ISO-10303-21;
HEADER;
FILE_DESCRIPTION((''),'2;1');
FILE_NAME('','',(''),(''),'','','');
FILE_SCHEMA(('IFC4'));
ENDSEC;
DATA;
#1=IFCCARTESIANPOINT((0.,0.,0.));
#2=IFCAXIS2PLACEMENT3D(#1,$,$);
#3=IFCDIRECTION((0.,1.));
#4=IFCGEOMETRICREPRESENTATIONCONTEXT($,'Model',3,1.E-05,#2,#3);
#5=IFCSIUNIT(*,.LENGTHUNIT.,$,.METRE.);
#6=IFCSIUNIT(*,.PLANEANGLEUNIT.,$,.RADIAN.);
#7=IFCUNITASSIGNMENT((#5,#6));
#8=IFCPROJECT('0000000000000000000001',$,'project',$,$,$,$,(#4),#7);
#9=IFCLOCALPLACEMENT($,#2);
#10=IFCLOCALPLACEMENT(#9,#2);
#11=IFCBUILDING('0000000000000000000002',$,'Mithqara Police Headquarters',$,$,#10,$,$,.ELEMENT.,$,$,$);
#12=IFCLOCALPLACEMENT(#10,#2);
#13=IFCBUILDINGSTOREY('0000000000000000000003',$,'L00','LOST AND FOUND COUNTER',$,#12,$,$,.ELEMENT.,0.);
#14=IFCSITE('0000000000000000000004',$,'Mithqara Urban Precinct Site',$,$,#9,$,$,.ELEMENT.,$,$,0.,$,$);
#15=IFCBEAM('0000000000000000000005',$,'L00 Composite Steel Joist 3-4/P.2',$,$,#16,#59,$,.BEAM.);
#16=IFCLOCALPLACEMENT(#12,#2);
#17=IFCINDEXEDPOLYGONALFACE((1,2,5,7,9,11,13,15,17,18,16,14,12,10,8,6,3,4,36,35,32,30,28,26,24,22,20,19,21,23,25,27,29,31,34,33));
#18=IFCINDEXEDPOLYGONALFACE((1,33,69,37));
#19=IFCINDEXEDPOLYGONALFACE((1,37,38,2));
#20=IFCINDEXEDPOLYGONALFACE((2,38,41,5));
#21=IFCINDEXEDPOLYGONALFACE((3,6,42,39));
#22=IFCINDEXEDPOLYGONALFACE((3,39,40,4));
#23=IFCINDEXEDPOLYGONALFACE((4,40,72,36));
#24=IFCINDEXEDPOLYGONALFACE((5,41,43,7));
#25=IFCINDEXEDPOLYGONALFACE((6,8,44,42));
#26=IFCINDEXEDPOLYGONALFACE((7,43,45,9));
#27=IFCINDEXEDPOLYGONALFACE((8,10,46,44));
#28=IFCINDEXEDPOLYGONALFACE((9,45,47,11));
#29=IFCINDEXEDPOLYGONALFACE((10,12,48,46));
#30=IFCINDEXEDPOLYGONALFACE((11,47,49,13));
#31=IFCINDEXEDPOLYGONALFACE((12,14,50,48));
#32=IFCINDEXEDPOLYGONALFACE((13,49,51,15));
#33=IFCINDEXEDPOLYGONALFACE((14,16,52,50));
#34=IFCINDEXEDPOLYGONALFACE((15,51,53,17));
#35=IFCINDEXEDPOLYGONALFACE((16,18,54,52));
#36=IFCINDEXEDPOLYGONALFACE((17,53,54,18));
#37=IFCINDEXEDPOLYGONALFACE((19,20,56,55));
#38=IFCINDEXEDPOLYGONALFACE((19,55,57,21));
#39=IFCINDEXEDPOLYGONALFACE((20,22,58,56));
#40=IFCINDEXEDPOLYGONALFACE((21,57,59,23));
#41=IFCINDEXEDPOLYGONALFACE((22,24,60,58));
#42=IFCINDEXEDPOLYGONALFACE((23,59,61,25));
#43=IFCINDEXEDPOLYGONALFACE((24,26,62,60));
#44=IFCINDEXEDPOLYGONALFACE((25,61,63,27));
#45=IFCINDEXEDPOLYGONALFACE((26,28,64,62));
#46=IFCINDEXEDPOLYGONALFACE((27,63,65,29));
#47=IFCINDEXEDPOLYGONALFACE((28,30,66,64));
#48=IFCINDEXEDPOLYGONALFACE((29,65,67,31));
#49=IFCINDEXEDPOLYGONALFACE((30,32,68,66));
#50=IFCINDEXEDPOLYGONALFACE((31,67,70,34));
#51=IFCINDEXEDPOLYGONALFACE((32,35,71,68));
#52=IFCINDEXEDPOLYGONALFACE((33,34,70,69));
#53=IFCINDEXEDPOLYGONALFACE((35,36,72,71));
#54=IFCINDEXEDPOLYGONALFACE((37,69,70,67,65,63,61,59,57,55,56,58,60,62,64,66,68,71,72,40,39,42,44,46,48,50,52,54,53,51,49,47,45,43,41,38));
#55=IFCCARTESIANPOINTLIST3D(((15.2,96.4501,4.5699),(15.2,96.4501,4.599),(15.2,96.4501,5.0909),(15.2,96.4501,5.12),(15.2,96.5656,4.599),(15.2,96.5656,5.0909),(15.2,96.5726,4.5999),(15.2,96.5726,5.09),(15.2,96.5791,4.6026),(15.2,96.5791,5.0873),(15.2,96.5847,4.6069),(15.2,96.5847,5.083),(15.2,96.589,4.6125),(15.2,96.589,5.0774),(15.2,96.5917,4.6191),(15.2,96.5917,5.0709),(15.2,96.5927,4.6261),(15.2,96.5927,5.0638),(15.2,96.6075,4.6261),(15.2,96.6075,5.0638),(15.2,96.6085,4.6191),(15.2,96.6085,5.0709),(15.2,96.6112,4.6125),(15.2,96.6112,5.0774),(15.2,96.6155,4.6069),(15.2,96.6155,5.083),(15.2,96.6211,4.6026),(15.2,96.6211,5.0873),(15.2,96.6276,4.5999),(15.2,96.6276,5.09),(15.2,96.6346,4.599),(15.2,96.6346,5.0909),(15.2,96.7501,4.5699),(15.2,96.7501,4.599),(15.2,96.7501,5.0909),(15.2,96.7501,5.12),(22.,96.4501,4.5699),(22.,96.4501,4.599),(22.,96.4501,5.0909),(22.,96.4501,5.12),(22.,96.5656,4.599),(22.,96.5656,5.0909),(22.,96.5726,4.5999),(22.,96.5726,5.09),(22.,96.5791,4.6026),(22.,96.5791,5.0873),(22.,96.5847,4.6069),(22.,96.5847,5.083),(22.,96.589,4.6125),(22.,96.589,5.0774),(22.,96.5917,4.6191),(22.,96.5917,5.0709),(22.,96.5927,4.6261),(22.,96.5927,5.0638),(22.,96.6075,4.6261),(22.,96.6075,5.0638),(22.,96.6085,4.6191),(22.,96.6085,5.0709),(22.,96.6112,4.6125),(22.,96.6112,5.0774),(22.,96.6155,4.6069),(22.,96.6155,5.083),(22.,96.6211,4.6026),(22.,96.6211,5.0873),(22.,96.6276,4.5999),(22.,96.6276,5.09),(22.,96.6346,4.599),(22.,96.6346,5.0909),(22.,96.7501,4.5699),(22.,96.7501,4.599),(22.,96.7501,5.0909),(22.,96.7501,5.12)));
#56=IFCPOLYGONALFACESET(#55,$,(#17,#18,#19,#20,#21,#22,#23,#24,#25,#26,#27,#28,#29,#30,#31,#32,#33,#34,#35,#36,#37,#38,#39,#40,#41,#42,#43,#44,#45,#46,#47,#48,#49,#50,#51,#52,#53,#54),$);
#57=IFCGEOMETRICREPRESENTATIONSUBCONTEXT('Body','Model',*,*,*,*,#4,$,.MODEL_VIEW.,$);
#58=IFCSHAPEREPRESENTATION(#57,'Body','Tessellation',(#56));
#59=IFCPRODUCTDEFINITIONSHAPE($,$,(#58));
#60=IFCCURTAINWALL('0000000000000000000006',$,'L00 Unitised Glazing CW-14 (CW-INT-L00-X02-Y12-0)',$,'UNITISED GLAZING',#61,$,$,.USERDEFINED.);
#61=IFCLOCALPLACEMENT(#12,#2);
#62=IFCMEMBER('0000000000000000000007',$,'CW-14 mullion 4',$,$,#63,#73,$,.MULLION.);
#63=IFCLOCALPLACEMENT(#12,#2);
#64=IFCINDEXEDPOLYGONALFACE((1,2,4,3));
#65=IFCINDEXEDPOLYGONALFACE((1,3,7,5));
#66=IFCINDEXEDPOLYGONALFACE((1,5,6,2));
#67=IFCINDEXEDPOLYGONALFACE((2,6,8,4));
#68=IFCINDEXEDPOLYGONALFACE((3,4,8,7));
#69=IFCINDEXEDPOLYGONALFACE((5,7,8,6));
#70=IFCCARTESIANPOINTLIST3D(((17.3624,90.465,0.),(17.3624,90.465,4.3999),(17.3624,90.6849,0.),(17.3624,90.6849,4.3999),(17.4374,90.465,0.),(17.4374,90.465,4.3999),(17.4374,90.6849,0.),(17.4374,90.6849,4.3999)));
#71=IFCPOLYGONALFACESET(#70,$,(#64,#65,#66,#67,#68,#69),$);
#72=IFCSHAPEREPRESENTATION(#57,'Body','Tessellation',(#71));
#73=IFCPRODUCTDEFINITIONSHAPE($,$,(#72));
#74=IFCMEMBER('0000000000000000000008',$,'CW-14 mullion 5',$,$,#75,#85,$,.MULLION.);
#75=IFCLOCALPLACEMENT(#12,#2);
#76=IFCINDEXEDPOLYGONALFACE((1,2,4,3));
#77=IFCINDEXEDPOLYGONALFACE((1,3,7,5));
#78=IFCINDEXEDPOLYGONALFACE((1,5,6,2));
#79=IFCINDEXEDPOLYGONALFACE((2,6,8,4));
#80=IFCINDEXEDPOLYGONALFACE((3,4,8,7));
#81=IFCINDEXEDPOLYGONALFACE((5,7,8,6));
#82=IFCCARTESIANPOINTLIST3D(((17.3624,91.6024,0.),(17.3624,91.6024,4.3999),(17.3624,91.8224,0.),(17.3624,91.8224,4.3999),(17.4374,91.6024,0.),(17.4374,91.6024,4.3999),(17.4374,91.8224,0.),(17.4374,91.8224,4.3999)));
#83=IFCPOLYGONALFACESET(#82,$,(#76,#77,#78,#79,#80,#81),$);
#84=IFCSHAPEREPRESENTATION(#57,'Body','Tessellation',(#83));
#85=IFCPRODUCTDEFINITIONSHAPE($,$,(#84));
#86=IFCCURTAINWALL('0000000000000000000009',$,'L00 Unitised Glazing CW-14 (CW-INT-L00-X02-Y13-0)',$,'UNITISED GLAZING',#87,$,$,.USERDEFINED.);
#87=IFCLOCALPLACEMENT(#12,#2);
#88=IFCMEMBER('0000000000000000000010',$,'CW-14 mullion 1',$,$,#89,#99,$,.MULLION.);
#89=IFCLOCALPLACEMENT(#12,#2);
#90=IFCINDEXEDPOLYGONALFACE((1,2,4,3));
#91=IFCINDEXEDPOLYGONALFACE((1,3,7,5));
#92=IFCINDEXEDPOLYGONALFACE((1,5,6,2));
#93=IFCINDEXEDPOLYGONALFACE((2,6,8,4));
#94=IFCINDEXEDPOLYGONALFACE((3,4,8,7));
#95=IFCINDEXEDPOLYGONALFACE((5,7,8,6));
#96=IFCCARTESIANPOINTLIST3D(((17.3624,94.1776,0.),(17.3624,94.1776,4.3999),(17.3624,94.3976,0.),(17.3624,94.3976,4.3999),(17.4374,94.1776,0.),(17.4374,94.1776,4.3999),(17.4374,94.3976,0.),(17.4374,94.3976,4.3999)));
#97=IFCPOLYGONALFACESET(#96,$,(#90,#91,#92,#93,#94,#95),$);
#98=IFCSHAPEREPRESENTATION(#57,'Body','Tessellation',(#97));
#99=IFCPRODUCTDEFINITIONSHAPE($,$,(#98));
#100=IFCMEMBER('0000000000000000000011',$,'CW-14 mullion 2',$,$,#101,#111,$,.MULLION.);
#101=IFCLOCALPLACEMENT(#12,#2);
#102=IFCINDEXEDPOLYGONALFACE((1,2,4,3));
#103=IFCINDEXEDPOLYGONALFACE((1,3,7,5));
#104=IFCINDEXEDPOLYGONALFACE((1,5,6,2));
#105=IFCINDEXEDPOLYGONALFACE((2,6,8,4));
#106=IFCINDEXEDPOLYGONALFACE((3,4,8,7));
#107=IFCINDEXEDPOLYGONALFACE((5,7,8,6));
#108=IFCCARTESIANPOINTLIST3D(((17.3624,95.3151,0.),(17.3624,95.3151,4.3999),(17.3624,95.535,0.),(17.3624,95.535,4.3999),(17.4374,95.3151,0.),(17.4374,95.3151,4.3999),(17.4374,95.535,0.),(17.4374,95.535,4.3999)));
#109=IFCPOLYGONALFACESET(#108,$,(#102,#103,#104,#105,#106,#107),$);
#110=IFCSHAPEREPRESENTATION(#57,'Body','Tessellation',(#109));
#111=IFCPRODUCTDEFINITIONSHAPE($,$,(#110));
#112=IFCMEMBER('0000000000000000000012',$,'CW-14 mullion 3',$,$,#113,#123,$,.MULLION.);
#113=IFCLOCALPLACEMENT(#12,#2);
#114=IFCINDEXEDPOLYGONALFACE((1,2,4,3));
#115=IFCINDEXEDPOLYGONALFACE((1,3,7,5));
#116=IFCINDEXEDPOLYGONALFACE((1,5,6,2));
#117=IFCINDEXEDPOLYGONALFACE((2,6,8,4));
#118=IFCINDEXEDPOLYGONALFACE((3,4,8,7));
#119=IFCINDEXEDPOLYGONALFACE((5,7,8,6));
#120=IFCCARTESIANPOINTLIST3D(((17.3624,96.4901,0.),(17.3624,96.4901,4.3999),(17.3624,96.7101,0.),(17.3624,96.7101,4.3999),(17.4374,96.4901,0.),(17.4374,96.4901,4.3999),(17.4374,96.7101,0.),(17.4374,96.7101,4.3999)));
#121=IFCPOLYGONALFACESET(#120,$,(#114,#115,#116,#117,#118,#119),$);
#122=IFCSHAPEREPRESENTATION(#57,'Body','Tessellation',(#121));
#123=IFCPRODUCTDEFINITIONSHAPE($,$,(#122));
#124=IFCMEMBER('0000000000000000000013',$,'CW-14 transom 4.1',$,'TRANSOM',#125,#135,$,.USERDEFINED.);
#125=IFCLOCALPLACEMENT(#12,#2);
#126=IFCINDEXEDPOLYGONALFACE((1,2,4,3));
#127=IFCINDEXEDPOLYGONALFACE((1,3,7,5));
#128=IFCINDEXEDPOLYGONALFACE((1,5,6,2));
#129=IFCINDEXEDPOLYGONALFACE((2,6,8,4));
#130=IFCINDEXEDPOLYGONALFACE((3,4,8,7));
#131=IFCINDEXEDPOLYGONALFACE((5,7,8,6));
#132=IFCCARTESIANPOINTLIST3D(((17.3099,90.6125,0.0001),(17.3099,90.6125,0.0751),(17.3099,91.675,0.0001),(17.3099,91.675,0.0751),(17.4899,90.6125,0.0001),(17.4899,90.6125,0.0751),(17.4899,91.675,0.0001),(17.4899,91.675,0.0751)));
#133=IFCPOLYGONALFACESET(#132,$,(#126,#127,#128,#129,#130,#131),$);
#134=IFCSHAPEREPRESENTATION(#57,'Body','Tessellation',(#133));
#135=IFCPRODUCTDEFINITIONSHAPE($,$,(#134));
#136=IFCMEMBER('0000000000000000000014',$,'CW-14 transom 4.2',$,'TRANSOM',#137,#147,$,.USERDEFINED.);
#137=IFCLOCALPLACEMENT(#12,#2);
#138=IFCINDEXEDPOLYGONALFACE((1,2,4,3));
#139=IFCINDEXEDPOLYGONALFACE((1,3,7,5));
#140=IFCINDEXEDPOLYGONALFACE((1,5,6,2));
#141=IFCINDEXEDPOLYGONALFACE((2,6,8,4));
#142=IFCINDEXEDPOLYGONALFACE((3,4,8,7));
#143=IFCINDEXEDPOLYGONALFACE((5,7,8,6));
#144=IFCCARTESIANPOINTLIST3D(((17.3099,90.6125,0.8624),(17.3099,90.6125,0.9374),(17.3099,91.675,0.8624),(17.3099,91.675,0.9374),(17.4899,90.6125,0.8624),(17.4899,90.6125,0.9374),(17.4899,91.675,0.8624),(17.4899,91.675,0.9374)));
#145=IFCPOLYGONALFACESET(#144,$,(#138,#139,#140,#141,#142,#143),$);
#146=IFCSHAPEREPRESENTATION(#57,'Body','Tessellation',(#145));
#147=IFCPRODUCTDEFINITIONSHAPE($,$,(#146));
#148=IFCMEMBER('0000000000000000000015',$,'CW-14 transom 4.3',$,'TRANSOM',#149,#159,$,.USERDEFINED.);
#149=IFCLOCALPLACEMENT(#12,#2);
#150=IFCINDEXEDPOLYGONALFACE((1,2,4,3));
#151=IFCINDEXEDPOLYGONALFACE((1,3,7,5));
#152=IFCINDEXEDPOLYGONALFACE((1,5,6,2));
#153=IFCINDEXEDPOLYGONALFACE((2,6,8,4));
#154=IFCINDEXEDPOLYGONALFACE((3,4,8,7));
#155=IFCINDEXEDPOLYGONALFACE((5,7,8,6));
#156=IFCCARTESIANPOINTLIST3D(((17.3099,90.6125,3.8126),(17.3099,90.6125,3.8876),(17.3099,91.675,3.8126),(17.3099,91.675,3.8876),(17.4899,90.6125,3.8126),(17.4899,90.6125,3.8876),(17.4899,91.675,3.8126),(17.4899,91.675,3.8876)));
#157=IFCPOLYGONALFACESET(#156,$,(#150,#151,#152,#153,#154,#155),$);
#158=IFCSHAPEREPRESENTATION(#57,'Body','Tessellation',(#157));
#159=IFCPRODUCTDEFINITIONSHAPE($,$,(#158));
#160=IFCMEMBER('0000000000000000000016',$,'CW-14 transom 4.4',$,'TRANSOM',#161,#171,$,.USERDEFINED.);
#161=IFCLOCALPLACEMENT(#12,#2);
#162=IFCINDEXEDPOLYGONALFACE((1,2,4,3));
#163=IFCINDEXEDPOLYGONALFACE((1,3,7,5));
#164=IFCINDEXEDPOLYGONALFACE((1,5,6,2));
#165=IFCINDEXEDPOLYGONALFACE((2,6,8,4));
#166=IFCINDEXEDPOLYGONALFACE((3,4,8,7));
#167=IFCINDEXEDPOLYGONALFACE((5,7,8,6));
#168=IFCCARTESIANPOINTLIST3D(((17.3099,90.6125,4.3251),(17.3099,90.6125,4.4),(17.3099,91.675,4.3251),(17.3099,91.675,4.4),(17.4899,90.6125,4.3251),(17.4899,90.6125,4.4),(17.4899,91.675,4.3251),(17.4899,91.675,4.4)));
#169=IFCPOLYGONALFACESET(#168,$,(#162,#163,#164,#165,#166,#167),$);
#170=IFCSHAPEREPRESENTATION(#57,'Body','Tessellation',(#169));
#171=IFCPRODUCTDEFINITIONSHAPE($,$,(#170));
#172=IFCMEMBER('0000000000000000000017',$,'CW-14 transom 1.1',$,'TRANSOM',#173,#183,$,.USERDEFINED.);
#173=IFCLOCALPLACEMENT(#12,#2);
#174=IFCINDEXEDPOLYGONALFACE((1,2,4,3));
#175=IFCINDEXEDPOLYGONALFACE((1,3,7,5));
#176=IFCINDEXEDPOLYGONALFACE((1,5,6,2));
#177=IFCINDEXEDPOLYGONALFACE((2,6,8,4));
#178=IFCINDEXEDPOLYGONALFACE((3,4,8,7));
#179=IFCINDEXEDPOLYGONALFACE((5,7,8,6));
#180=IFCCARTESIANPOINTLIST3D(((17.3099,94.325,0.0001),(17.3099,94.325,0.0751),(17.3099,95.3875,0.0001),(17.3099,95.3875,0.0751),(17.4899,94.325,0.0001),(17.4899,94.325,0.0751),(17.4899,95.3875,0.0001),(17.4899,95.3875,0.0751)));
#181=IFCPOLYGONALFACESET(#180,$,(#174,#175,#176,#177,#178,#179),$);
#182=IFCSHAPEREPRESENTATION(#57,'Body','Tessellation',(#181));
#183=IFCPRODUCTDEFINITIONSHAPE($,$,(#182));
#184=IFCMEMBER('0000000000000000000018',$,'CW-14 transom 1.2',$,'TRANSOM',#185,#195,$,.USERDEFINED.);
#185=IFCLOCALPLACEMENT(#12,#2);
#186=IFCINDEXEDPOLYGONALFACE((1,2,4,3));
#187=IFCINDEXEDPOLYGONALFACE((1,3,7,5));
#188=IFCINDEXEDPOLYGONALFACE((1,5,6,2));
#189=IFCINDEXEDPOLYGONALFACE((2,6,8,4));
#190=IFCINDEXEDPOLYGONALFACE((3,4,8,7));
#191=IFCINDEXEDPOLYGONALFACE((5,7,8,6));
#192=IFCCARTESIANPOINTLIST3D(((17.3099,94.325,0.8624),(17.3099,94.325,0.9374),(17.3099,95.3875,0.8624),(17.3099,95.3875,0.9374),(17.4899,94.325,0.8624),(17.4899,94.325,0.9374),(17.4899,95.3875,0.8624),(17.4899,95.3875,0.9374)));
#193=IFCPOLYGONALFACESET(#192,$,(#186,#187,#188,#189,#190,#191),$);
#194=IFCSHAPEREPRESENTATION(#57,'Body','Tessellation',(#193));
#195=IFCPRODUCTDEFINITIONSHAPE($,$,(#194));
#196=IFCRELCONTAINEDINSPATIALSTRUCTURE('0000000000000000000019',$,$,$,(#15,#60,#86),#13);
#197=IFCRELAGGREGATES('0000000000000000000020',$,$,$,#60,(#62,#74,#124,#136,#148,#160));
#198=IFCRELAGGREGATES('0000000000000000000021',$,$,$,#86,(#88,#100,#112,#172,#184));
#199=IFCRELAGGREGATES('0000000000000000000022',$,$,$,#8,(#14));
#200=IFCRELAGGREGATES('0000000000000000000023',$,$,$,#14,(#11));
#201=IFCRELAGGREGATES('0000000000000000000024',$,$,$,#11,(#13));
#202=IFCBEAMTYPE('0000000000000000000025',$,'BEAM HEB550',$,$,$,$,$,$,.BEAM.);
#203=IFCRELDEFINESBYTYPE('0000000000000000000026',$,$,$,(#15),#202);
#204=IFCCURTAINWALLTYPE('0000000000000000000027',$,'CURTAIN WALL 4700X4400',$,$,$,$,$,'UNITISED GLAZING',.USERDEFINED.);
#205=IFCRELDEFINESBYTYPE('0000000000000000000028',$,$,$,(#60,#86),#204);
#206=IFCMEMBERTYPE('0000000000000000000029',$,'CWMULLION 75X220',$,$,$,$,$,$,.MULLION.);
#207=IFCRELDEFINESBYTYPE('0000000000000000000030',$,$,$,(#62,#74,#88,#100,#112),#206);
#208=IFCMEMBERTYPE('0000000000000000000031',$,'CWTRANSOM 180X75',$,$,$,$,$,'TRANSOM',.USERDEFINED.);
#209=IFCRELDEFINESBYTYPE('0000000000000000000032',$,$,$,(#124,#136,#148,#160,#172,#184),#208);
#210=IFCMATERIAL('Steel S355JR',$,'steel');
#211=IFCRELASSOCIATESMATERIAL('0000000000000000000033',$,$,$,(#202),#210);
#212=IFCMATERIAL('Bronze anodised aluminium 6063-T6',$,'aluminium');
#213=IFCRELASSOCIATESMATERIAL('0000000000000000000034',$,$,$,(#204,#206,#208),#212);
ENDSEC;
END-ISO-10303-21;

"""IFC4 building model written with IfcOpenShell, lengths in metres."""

from ifc_helpers import new_model, si_unit, direction, frame, origin, origin_2d, place, context, subcontext, project, spatial, rectangle, i_section, extrude, material, material_profile, profile_set, type_object, element, aggregate, save


model = new_model("IFC4")

# Units and contexts
model_context = context("Model", 3, precision=1e-05, world=origin(), true_north=direction((0.0, 1.0)))
body_context = subcontext(model_context, "Body", "Model", "MODEL_VIEW")
ifc_project = project(units=[si_unit("LENGTHUNIT", "METRE"), si_unit("PLANEANGLEUNIT", "RADIAN")], contexts=[model_context])

# Site, building, storey
site_placement = place(None, origin())
site = spatial("IfcSite", under=ifc_project, at=site_placement, Name="Mithqara Urban Precinct Site", CompositionType="ELEMENT", RefElevation=0.0)
building_placement = place(site_placement, origin())
building = spatial("IfcBuilding", under=site, at=building_placement, Name="Mithqara Police Headquarters", CompositionType="ELEMENT")
storey_placement = place(building_placement, origin())
storey = spatial("IfcBuildingStorey", under=building, at=storey_placement, Name="L00", Description="LOST AND FOUND COUNTER", CompositionType="ELEMENT", Elevation=0.0)

# Beam
ifc_material_1 = material(Name="Steel S355JR", Category="steel")
ifc_material_profile_1 = material_profile(ifc_material_1, i_section(OverallWidth=0.3, OverallDepth=0.55, WebThickness=0.0149, FlangeThickness=0.0291, FilletRadius=0.0271, at=origin_2d()), Name="HEB 550")
ifc_profile_set_1 = profile_set([ifc_material_profile_1], Name="Steel S355JR")
beam_type = type_object("IfcBeamType", Name="BEAM HEB550", PredefinedType="BEAM", material=ifc_profile_set_1)
for number, where, z_axis, x_axis, name in (
    (1, (15.2, 96.6001, 4.845), (1.0, 0.0, 0.0), (0.0, 1.0, 0.0), "L00 Composite Steel Joist 3-4/P.2"),
):
    element("IfcBeam", number, at=place(storey_placement, frame(where, z_axis=z_axis, x_axis=x_axis)), inside=storey, type_object=beam_type, Name=name, PredefinedType="BEAM", context=body_context, shape_type="SweptSolid", body=[
        extrude(i_section(OverallWidth=0.3, OverallDepth=0.55, WebThickness=0.0149, FlangeThickness=0.0291, FilletRadius=0.0271, at=origin_2d()), origin(), (0.0, 0.0, 1.0), 6.8),
    ])

# Curtain walls, members
ifc_material_2 = material(Name="Bronze anodised aluminium 6063-T6", Category="aluminium")
curtain_wall_type = type_object("IfcCurtainWallType", Name="CURTAIN WALL 4700X4400", ElementType="UNITISED GLAZING", PredefinedType="USERDEFINED", material=ifc_material_2)
curtain_wall_1_placement = place(storey_placement, origin())
curtain_wall_1 = element("IfcCurtainWall", 2, at=curtain_wall_1_placement, inside=storey, type_object=curtain_wall_type, Name="L00 Unitised Glazing CW-14 (CW-INT-L00-X02-Y12-0)", ObjectType="UNITISED GLAZING", PredefinedType="USERDEFINED")
ifc_material_profile_2 = material_profile(ifc_material_2, rectangle(XDim=0.075, YDim=0.22, at=origin_2d()), Name="CWM 75x220")
ifc_profile_set_2 = profile_set([ifc_material_profile_2], Name="Bronze anodised aluminium 6063-T6")
member_type_1 = type_object("IfcMemberType", Name="CWMULLION 75X220", PredefinedType="MULLION", material=ifc_profile_set_2)
member_1_placement = place(storey_placement, frame((17.3999, 90.575, 0.0), z_axis=(0.0, 0.0, 1.0), x_axis=(-1.0, 0.0, 0.0)))
member_1 = element("IfcMember", 3, at=member_1_placement, type_object=member_type_1, Name="CW-14 mullion 4", PredefinedType="MULLION", context=body_context, shape_type="SweptSolid", body=[
    extrude(rectangle(XDim=0.075, YDim=0.22, at=origin_2d()), origin(), (0.0, 0.0, 1.0), 4.3999),
])
member_2_placement = place(storey_placement, frame((17.3999, 91.7124, 0.0), z_axis=(0.0, 0.0, 1.0), x_axis=(-1.0, 0.0, 0.0)))
member_2 = element("IfcMember", 4, at=member_2_placement, type_object=member_type_1, Name="CW-14 mullion 5", PredefinedType="MULLION", context=body_context, shape_type="SweptSolid", body=[
    extrude(rectangle(XDim=0.075, YDim=0.22, at=origin_2d()), origin(), (0.0, 0.0, 1.0), 4.3999),
])
curtain_wall_2_placement = place(storey_placement, origin())
curtain_wall_2 = element("IfcCurtainWall", 5, at=curtain_wall_2_placement, inside=storey, type_object=curtain_wall_type, Name="L00 Unitised Glazing CW-14 (CW-INT-L00-X02-Y13-0)", ObjectType="UNITISED GLAZING", PredefinedType="USERDEFINED")
member_3_placement = place(storey_placement, frame((17.3999, 94.2876, 0.0), z_axis=(0.0, 0.0, 1.0), x_axis=(-1.0, 0.0, 0.0)))
member_3 = element("IfcMember", 6, at=member_3_placement, type_object=member_type_1, Name="CW-14 mullion 1", PredefinedType="MULLION", context=body_context, shape_type="SweptSolid", body=[
    extrude(rectangle(XDim=0.075, YDim=0.22, at=origin_2d()), origin(), (0.0, 0.0, 1.0), 4.3999),
])
member_4_placement = place(storey_placement, frame((17.3999, 95.425, 0.0), z_axis=(0.0, 0.0, 1.0), x_axis=(-1.0, 0.0, 0.0)))
member_4 = element("IfcMember", 7, at=member_4_placement, type_object=member_type_1, Name="CW-14 mullion 2", PredefinedType="MULLION", context=body_context, shape_type="SweptSolid", body=[
    extrude(rectangle(XDim=0.075, YDim=0.22, at=origin_2d()), origin(), (0.0, 0.0, 1.0), 4.3999),
])
member_5_placement = place(storey_placement, frame((17.3999, 96.6001, 0.0), z_axis=(0.0, 0.0, 1.0), x_axis=(-1.0, 0.0, 0.0)))
member_5 = element("IfcMember", 8, at=member_5_placement, type_object=member_type_1, Name="CW-14 mullion 3", PredefinedType="MULLION", context=body_context, shape_type="SweptSolid", body=[
    extrude(rectangle(XDim=0.075, YDim=0.22, at=origin_2d()), origin(), (0.0, 0.0, 1.0), 4.3999),
])

# Members
ifc_material_profile_3 = material_profile(ifc_material_2, rectangle(XDim=0.1799, YDim=0.075, at=origin_2d()), Name="CWT 180x75")
ifc_profile_set_3 = profile_set([ifc_material_profile_3], Name="Bronze anodised aluminium 6063-T6")
member_type_2 = type_object("IfcMemberType", Name="CWTRANSOM 180X75", ElementType="TRANSOM", PredefinedType="USERDEFINED", material=ifc_profile_set_3)
member_6_placement = place(storey_placement, frame((17.3999, 90.6125, 0.0376), z_axis=(0.0, 1.0, 0.0), x_axis=(-1.0, 0.0, 0.0)))
member_6 = element("IfcMember", 9, at=member_6_placement, type_object=member_type_2, Name="CW-14 transom 4.1", ObjectType="TRANSOM", PredefinedType="USERDEFINED", context=body_context, shape_type="SweptSolid", body=[
    extrude(rectangle(XDim=0.1799, YDim=0.075, at=origin_2d()), origin(), (0.0, 0.0, 1.0), 1.0625),
])
member_7_placement = place(storey_placement, frame((17.3999, 90.6125, 0.8999), z_axis=(0.0, 1.0, 0.0), x_axis=(-1.0, 0.0, 0.0)))
member_7 = element("IfcMember", 10, at=member_7_placement, type_object=member_type_2, Name="CW-14 transom 4.2", ObjectType="TRANSOM", PredefinedType="USERDEFINED", context=body_context, shape_type="SweptSolid", body=[
    extrude(rectangle(XDim=0.1799, YDim=0.075, at=origin_2d()), origin(), (0.0, 0.0, 1.0), 1.0625),
])
member_8_placement = place(storey_placement, frame((17.3999, 90.6125, 3.8501), z_axis=(0.0, 1.0, 0.0), x_axis=(-1.0, 0.0, 0.0)))
member_8 = element("IfcMember", 11, at=member_8_placement, type_object=member_type_2, Name="CW-14 transom 4.3", ObjectType="TRANSOM", PredefinedType="USERDEFINED", context=body_context, shape_type="SweptSolid", body=[
    extrude(rectangle(XDim=0.1799, YDim=0.075, at=origin_2d()), origin(), (0.0, 0.0, 1.0), 1.0625),
])
member_9_placement = place(storey_placement, frame((17.3999, 90.6125, 4.3625), z_axis=(0.0, 1.0, 0.0), x_axis=(-1.0, 0.0, 0.0)))
member_9 = element("IfcMember", 12, at=member_9_placement, type_object=member_type_2, Name="CW-14 transom 4.4", ObjectType="TRANSOM", PredefinedType="USERDEFINED", context=body_context, shape_type="SweptSolid", body=[
    extrude(rectangle(XDim=0.1799, YDim=0.075, at=origin_2d()), origin(), (0.0, 0.0, 1.0), 1.0625),
])
member_10_placement = place(storey_placement, frame((17.3999, 94.325, 0.0376), z_axis=(0.0, 1.0, 0.0), x_axis=(-1.0, 0.0, 0.0)))
member_10 = element("IfcMember", 13, at=member_10_placement, type_object=member_type_2, Name="CW-14 transom 1.1", ObjectType="TRANSOM", PredefinedType="USERDEFINED", context=body_context, shape_type="SweptSolid", body=[
    extrude(rectangle(XDim=0.1799, YDim=0.075, at=origin_2d()), origin(), (0.0, 0.0, 1.0), 1.0625),
])
member_11_placement = place(storey_placement, frame((17.3999, 94.325, 0.8999), z_axis=(0.0, 1.0, 0.0), x_axis=(-1.0, 0.0, 0.0)))
member_11 = element("IfcMember", 14, at=member_11_placement, type_object=member_type_2, Name="CW-14 transom 1.2", ObjectType="TRANSOM", PredefinedType="USERDEFINED", context=body_context, shape_type="SweptSolid", body=[
    extrude(rectangle(XDim=0.1799, YDim=0.075, at=origin_2d()), origin(), (0.0, 0.0, 1.0), 1.0625),
])

aggregate(curtain_wall_1, [member_1, member_2, member_6, member_7, member_8, member_9])
aggregate(curtain_wall_2, [member_3, member_4, member_5, member_10, member_11])

save(model, "model.ifc")
